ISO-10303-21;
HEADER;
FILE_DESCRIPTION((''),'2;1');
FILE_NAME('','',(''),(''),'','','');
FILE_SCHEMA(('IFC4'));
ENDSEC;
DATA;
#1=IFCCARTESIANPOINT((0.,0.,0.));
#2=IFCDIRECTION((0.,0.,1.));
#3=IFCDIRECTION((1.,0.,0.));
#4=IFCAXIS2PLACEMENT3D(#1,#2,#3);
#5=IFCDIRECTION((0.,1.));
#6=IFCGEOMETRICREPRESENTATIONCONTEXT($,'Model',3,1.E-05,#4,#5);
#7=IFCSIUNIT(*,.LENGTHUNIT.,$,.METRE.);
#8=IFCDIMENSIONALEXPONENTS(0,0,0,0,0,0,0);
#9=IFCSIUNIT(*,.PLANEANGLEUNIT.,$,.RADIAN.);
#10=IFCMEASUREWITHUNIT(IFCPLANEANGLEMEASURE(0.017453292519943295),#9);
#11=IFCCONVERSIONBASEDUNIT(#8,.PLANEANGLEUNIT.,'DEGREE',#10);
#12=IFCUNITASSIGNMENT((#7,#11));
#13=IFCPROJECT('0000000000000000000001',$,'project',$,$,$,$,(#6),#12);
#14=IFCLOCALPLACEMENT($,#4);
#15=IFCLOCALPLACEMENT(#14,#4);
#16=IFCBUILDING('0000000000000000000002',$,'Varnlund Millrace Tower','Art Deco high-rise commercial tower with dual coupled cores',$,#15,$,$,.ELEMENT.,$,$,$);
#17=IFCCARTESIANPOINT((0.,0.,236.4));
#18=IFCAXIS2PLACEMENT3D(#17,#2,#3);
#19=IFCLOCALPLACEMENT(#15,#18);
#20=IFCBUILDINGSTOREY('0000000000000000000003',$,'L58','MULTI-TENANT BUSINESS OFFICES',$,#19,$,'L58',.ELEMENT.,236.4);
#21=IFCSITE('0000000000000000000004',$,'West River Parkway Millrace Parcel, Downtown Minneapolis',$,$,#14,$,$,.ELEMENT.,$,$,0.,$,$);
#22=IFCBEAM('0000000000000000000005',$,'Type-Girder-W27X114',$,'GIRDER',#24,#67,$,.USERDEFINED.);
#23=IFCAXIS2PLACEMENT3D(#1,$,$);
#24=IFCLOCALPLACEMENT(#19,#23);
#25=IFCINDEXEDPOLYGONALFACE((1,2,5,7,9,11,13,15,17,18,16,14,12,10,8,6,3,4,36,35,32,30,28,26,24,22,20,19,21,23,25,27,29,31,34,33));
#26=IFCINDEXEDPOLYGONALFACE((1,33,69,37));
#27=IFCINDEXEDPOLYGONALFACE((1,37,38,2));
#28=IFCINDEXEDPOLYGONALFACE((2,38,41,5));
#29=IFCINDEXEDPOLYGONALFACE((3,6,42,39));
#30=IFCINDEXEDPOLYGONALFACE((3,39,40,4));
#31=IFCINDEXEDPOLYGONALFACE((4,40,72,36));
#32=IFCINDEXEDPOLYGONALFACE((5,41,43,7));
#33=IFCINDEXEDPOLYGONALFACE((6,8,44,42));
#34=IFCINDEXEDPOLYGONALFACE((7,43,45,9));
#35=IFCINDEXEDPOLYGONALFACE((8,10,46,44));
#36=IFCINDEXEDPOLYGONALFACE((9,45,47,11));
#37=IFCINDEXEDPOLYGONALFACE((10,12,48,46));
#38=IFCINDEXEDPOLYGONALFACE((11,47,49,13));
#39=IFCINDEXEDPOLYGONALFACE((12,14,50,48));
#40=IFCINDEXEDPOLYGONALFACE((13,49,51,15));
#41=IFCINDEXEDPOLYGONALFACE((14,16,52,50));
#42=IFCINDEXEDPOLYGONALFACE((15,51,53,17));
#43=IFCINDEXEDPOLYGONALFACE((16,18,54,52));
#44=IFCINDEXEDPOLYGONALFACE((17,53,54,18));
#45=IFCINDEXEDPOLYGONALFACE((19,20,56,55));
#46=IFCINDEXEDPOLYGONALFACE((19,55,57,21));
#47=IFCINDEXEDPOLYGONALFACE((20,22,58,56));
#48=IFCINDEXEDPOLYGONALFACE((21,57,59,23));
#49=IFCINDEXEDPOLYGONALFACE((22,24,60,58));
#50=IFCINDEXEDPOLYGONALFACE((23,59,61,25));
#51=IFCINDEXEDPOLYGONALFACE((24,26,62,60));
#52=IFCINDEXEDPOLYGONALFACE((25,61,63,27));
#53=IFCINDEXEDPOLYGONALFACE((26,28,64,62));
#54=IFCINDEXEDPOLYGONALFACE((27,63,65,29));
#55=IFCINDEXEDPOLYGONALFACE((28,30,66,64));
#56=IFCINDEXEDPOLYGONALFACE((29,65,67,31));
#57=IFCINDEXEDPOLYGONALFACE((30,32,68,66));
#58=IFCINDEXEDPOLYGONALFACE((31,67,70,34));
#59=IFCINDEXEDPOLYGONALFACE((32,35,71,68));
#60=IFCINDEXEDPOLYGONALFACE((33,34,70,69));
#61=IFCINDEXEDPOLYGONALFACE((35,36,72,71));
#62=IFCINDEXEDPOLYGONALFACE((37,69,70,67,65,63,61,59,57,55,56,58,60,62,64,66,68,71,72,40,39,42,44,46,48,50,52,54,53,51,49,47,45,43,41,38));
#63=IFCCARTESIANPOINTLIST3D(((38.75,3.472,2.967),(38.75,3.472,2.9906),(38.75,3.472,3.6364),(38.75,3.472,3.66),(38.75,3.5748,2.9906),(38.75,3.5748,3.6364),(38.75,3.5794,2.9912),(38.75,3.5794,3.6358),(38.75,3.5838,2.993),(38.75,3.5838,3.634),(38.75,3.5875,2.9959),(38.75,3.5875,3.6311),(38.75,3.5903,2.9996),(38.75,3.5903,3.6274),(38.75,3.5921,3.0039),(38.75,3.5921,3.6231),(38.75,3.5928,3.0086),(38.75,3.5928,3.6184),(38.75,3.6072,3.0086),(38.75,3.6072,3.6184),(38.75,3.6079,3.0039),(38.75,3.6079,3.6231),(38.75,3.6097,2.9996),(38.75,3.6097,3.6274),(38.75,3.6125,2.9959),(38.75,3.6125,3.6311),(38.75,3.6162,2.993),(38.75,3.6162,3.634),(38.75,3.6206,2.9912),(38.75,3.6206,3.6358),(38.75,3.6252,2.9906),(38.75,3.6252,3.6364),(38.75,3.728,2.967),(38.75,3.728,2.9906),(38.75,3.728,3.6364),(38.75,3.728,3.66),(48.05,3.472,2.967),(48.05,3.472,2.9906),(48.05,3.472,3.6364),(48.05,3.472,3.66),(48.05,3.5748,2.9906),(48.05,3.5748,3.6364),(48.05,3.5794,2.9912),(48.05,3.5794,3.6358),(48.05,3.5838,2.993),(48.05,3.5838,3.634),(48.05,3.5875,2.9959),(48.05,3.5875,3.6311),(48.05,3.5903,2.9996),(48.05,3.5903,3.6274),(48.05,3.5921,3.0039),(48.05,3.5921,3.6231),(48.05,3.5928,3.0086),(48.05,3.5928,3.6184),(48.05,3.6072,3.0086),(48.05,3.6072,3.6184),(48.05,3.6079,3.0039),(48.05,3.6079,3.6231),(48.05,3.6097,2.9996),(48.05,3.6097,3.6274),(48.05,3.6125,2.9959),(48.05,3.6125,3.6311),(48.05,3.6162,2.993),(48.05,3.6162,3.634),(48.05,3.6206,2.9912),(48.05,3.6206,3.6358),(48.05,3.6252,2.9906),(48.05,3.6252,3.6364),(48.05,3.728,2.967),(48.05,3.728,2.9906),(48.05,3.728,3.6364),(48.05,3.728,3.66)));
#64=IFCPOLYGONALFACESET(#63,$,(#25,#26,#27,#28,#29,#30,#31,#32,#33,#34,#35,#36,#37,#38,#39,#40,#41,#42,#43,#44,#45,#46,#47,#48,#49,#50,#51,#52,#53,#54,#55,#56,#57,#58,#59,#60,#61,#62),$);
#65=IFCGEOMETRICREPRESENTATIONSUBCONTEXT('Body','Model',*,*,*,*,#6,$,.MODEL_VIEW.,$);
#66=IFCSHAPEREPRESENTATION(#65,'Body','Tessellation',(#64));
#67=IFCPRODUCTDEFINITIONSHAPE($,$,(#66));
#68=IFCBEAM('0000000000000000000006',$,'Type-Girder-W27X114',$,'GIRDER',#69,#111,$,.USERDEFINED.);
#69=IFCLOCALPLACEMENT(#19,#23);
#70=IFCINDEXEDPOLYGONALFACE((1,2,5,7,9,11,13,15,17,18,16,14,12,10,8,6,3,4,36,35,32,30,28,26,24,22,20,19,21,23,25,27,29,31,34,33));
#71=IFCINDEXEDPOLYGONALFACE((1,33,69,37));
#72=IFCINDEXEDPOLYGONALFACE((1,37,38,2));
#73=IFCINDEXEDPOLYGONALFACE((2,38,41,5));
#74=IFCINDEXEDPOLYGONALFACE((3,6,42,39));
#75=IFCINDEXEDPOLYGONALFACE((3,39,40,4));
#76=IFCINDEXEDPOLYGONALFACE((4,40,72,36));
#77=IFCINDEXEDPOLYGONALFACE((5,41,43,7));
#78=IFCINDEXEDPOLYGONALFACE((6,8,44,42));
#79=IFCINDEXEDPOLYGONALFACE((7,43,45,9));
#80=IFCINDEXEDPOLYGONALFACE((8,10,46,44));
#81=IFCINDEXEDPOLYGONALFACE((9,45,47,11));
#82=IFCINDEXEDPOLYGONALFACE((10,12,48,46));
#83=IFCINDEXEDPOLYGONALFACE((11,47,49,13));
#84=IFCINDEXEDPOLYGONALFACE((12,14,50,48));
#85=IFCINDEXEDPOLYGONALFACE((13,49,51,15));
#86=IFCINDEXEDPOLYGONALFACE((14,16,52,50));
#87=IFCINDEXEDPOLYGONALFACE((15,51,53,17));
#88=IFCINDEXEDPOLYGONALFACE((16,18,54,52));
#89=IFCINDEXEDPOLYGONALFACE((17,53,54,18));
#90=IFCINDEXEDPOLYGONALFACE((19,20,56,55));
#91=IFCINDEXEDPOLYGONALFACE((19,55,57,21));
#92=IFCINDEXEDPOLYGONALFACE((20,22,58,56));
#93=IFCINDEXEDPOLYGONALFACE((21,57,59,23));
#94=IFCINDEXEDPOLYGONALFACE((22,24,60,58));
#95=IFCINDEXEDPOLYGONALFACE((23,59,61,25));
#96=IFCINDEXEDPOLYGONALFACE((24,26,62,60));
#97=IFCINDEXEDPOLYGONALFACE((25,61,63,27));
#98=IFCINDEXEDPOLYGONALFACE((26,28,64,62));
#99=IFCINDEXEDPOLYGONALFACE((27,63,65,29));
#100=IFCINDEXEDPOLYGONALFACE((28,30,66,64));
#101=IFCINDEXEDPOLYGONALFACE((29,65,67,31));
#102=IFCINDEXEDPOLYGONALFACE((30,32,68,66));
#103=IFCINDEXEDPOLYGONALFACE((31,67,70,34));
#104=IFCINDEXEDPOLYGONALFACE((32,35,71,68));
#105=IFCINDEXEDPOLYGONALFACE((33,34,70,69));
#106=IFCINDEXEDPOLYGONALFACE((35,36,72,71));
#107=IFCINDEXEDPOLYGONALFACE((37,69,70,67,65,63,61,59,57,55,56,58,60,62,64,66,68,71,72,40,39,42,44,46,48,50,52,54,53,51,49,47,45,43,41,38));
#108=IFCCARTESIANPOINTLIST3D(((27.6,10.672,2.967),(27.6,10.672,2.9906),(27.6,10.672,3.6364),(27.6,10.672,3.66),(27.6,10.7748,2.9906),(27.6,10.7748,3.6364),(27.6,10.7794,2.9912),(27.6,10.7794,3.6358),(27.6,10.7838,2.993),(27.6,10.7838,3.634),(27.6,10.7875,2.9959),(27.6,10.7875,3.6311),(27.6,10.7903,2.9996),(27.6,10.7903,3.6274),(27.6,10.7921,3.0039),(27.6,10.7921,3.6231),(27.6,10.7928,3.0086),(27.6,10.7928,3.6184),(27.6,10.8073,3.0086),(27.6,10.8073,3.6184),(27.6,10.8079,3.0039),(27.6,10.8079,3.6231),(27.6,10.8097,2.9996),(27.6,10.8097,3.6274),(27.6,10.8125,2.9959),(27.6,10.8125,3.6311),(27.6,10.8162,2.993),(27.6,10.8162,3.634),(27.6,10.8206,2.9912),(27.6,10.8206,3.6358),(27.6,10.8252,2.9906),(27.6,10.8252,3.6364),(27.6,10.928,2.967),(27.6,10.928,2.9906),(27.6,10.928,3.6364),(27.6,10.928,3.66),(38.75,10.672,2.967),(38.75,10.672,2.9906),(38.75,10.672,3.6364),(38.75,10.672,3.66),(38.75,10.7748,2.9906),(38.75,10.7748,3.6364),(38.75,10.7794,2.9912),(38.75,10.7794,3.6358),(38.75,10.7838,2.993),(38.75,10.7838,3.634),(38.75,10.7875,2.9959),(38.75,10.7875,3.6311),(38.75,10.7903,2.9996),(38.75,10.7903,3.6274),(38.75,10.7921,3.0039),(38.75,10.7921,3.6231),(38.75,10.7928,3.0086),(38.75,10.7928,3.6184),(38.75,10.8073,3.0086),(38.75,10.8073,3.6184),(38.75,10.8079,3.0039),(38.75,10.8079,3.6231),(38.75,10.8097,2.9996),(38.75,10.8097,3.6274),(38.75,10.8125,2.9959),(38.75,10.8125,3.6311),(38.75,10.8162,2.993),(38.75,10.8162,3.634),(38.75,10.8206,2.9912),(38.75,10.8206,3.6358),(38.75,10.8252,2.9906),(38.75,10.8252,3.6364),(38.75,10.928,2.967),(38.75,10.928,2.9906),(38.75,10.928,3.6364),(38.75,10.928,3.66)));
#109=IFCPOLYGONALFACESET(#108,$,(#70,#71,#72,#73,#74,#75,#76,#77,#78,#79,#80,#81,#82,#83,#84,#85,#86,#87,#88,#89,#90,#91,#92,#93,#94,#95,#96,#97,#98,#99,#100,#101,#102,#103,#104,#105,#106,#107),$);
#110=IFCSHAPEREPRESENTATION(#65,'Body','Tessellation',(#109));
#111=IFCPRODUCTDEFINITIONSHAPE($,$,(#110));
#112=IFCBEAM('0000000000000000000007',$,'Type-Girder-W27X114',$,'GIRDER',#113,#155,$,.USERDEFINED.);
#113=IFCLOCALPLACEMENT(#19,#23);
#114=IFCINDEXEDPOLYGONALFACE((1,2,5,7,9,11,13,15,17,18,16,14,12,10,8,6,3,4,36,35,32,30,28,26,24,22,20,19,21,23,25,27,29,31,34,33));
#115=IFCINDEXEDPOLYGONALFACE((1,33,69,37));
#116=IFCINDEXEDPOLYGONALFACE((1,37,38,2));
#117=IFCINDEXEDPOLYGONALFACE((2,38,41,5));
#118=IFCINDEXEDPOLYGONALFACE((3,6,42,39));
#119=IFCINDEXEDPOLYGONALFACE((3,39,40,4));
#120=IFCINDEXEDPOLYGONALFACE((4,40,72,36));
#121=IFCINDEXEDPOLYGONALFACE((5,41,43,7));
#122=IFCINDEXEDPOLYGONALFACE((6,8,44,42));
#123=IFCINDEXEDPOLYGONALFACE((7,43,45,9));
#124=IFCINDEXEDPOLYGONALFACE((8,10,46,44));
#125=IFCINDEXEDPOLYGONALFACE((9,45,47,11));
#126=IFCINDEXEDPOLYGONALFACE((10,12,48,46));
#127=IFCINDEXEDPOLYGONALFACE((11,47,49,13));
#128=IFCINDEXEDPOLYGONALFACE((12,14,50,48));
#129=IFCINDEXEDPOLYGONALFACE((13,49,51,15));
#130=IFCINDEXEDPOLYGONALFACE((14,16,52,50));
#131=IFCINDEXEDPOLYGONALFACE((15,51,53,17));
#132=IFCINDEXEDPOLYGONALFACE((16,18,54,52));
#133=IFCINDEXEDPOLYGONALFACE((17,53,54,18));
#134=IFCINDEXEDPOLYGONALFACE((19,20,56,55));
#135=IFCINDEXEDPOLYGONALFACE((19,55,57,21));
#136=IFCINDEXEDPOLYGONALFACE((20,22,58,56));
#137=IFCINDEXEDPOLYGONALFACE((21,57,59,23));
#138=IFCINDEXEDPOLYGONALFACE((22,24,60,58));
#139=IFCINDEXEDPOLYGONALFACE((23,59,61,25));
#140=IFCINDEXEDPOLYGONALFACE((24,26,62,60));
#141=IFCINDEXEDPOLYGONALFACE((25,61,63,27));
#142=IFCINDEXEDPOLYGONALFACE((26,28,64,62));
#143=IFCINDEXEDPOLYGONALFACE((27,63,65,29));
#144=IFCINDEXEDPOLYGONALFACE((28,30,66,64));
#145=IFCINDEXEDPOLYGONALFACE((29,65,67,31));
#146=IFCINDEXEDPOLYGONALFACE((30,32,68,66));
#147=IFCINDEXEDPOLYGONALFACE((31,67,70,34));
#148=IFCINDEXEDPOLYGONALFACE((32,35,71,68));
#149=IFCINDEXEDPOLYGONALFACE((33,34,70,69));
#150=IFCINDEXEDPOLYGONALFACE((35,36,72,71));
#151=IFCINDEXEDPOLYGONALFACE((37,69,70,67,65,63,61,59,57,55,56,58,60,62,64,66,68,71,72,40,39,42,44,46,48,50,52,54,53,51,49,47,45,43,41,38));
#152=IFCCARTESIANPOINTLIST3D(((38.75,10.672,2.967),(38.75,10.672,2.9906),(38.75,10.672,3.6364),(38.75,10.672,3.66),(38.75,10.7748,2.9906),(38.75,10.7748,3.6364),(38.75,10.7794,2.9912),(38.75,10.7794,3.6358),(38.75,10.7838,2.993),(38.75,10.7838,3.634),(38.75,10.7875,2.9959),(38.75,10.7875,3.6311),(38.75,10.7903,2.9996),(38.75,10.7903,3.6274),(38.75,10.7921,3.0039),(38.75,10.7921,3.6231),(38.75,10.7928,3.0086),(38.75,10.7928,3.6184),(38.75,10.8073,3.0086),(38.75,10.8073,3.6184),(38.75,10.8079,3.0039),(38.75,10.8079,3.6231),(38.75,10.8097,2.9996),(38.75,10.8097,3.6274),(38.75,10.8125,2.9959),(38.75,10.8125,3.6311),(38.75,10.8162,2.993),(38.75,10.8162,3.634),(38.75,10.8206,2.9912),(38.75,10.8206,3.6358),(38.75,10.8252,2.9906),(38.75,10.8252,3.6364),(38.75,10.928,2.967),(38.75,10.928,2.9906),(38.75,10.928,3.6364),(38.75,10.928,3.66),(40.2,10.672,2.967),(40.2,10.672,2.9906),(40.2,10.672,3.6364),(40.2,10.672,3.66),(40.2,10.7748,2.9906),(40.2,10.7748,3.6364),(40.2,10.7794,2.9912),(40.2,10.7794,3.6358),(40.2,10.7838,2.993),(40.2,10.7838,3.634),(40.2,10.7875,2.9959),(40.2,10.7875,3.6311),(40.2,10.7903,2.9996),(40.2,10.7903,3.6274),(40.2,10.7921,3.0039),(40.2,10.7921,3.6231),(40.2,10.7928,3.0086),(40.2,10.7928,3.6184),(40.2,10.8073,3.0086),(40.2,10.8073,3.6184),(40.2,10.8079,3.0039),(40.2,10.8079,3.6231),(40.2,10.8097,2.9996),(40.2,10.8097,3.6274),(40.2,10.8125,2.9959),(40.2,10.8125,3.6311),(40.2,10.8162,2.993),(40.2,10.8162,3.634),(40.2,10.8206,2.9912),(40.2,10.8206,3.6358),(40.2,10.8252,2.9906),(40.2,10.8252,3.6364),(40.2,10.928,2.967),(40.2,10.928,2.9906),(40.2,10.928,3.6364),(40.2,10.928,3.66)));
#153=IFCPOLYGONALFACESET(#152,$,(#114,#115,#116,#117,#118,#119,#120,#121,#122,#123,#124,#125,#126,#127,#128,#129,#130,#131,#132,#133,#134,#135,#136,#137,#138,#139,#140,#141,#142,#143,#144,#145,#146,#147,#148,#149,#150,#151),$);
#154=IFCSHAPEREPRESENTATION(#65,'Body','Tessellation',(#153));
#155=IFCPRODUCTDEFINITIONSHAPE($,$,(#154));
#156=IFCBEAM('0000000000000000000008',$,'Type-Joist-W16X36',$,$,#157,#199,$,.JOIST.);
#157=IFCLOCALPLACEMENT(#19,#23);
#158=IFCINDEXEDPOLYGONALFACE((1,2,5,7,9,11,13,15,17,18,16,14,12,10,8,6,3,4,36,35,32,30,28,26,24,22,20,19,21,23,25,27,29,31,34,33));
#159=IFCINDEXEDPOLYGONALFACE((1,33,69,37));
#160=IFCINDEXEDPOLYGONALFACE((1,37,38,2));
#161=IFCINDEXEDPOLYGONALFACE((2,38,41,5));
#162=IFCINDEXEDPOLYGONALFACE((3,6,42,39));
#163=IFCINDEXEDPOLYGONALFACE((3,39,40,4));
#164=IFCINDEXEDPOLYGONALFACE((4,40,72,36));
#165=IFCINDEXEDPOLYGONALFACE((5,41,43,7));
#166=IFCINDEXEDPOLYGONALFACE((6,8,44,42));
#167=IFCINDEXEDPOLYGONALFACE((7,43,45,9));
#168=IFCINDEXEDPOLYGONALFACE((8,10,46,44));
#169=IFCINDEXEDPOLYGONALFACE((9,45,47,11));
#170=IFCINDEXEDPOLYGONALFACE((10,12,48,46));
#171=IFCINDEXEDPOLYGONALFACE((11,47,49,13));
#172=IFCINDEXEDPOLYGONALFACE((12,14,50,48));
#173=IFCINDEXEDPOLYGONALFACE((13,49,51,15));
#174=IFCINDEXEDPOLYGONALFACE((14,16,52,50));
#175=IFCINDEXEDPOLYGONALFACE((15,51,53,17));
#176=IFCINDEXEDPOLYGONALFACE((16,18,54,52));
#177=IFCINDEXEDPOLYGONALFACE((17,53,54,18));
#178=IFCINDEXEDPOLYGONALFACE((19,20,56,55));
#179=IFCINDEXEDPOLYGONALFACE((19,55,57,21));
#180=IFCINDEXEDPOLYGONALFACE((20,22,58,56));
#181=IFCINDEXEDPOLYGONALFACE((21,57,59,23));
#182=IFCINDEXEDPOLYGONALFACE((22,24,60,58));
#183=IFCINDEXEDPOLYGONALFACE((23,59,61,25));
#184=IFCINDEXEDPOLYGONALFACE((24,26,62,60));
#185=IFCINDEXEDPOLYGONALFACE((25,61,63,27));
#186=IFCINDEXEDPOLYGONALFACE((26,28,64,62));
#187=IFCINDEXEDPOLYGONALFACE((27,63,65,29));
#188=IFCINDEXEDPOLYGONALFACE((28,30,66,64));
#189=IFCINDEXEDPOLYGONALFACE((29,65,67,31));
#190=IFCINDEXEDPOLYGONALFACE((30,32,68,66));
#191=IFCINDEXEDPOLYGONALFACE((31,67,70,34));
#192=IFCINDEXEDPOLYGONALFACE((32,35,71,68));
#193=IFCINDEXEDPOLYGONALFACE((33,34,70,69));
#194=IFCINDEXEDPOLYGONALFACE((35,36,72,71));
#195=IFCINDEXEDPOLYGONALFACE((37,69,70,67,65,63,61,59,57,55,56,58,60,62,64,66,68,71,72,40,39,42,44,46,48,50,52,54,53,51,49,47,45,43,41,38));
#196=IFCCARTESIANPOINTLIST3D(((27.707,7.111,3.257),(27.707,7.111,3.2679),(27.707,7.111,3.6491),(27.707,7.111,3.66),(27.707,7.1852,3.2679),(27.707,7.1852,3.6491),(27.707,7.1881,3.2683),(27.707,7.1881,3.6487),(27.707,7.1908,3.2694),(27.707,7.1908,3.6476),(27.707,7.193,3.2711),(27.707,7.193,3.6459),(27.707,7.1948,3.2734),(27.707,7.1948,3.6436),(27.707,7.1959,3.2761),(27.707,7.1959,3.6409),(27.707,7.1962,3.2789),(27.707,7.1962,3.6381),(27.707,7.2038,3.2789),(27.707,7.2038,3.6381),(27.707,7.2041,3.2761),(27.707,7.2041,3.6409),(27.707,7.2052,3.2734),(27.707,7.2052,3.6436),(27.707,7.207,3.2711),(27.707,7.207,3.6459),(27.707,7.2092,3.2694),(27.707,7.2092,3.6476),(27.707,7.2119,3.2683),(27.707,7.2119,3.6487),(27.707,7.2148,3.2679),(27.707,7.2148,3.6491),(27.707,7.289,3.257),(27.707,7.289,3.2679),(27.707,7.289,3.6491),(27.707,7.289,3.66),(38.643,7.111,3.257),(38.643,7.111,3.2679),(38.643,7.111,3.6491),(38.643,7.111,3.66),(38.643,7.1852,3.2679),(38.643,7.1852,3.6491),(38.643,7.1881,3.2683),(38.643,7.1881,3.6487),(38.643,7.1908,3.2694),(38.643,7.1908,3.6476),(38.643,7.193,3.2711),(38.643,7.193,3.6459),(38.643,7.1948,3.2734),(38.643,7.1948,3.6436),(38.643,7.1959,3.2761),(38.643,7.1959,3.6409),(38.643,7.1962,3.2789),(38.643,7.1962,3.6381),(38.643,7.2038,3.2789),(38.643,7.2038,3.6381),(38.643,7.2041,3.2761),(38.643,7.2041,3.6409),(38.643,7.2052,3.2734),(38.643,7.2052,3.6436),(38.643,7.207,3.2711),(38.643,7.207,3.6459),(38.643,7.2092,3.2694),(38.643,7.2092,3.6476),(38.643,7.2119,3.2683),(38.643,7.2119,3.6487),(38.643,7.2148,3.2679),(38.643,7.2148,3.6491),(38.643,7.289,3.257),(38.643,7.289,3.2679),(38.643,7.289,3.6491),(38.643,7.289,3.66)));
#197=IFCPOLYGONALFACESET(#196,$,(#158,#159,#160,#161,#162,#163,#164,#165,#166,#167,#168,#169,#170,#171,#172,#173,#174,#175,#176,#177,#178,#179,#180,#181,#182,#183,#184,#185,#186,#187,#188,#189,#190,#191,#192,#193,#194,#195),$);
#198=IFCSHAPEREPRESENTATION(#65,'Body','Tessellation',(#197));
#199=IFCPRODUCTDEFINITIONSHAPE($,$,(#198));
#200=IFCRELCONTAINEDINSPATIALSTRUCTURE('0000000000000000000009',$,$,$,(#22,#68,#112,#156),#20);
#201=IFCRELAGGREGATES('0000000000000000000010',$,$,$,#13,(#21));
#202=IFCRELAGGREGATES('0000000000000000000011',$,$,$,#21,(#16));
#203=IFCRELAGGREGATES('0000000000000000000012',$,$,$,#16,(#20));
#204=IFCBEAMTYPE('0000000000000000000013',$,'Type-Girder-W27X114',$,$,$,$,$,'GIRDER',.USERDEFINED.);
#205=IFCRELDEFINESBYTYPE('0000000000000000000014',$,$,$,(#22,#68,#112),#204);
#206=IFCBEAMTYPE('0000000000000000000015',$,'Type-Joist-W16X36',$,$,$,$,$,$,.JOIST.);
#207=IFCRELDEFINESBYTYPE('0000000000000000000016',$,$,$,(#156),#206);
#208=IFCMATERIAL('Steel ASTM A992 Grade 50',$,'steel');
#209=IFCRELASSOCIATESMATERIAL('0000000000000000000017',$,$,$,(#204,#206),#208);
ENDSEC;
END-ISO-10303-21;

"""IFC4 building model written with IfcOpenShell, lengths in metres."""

from ifc_helpers import new_model, entity, si_unit, converted_unit, direction, frame, origin_with_axes, origin_2d_with_axis, place, context, subcontext, project, spatial, i_section, extrude, material, material_profile, profile_set, type_object, element, save


model = new_model("IFC4")

# Units and contexts
model_context = context("Model", 3, precision=1e-05, world=origin_with_axes(), true_north=direction((0.0, 1.0)))
body_context = subcontext(model_context, "Body", "Model", "MODEL_VIEW")
ifc_project = project(units=[si_unit("LENGTHUNIT", "METRE"), converted_unit("PLANEANGLEUNIT", "DEGREE", entity("IfcPlaneAngleMeasure", 0.017453292519943295), si_unit("PLANEANGLEUNIT", "RADIAN"), dimensions=[0, 0, 0, 0, 0, 0, 0])], contexts=[model_context])

# Site, building, storey
site_placement = place(None, origin_with_axes())
site = spatial("IfcSite", under=ifc_project, at=site_placement, Name="West River Parkway Millrace Parcel, Downtown Minneapolis", CompositionType="ELEMENT", RefElevation=0.0)
building_placement = place(site_placement, origin_with_axes())
building = spatial("IfcBuilding", under=site, at=building_placement, Name="Varnlund Millrace Tower", Description="Art Deco high-rise commercial tower with dual coupled cores", CompositionType="ELEMENT")
storey_placement = place(building_placement, frame((0.0, 0.0, 236.4), z_axis=(0.0, 0.0, 1.0), x_axis=(1.0, 0.0, 0.0)))
storey = spatial("IfcBuildingStorey", under=building, at=storey_placement, Name="L58", Description="MULTI-TENANT BUSINESS OFFICES", LongName="L58", CompositionType="ELEMENT", Elevation=236.4)

# Beams
ifc_material_1 = material(Name="Steel ASTM A992 Grade 50", Category="steel")
ifc_material_profile_1 = material_profile(ifc_material_1, i_section(OverallWidth=0.256, OverallDepth=0.693, WebThickness=0.0145, FlangeThickness=0.0236, FilletRadius=0.018, at=origin_2d_with_axis()), Name="Steel ASTM A992 Grade 50")
ifc_profile_set_1 = profile_set([ifc_material_profile_1], Name="Steel ASTM A992 Grade 50")
beam_type_1 = type_object("IfcBeamType", Name="Type-Girder-W27X114", ElementType="GIRDER", PredefinedType="USERDEFINED", material=ifc_profile_set_1)
beam_1_placement = place(storey_placement, frame((38.75, 3.6, 3.3135), z_axis=(1.0, 0.0, 0.0), x_axis=(0.0, 1.0, 0.0)))
element("IfcBeam", 1, at=beam_1_placement, inside=storey, type_object=beam_type_1, Name="Type-Girder-W27X114", ObjectType="GIRDER", PredefinedType="USERDEFINED", context=body_context, shape_type="SweptSolid", body=[
    extrude(i_section(OverallWidth=0.256, OverallDepth=0.693, WebThickness=0.0145, FlangeThickness=0.0236, FilletRadius=0.018, at=origin_2d_with_axis()), origin_with_axes(), (0.0, 0.0, 1.0), 9.3),
])
beam_2_placement = place(storey_placement, frame((27.6, 10.8, 3.3135), z_axis=(1.0, 0.0, 0.0), x_axis=(0.0, 1.0, 0.0)))
element("IfcBeam", 2, at=beam_2_placement, inside=storey, type_object=beam_type_1, Name="Type-Girder-W27X114", ObjectType="GIRDER", PredefinedType="USERDEFINED", context=body_context, shape_type="SweptSolid", body=[
    extrude(i_section(OverallWidth=0.256, OverallDepth=0.693, WebThickness=0.0145, FlangeThickness=0.0236, FilletRadius=0.018, at=origin_2d_with_axis()), origin_with_axes(), (0.0, 0.0, 1.0), 11.15),
])
beam_3_placement = place(storey_placement, frame((38.75, 10.8, 3.3135), z_axis=(1.0, 0.0, 0.0), x_axis=(0.0, 1.0, 0.0)))
element("IfcBeam", 3, at=beam_3_placement, inside=storey, type_object=beam_type_1, Name="Type-Girder-W27X114", ObjectType="GIRDER", PredefinedType="USERDEFINED", context=body_context, shape_type="SweptSolid", body=[
    extrude(i_section(OverallWidth=0.256, OverallDepth=0.693, WebThickness=0.0145, FlangeThickness=0.0236, FilletRadius=0.018, at=origin_2d_with_axis()), origin_with_axes(), (0.0, 0.0, 1.0), 1.45),
])
ifc_material_profile_2 = material_profile(ifc_material_1, i_section(OverallWidth=0.178, OverallDepth=0.403, WebThickness=0.0075, FlangeThickness=0.0109, FilletRadius=0.011, at=origin_2d_with_axis()), Name="Steel ASTM A992 Grade 50")
ifc_profile_set_2 = profile_set([ifc_material_profile_2], Name="Steel ASTM A992 Grade 50")
beam_type_2 = type_object("IfcBeamType", Name="Type-Joist-W16X36", PredefinedType="JOIST", material=ifc_profile_set_2)
for number, where, z_axis, x_axis, name in (
    (4, (27.707, 7.2, 3.4585), (1.0, 0.0, 0.0), (0.0, 1.0, 0.0), "Type-Joist-W16X36"),
):
    element("IfcBeam", number, at=place(storey_placement, frame(where, z_axis=z_axis, x_axis=x_axis)), inside=storey, type_object=beam_type_2, Name=name, PredefinedType="JOIST", context=body_context, shape_type="SweptSolid", body=[
        extrude(i_section(OverallWidth=0.178, OverallDepth=0.403, WebThickness=0.0075, FlangeThickness=0.0109, FilletRadius=0.011, at=origin_2d_with_axis()), origin_with_axes(), (0.0, 0.0, 1.0), 10.936),
    ])

save(model, "model.ifc")
